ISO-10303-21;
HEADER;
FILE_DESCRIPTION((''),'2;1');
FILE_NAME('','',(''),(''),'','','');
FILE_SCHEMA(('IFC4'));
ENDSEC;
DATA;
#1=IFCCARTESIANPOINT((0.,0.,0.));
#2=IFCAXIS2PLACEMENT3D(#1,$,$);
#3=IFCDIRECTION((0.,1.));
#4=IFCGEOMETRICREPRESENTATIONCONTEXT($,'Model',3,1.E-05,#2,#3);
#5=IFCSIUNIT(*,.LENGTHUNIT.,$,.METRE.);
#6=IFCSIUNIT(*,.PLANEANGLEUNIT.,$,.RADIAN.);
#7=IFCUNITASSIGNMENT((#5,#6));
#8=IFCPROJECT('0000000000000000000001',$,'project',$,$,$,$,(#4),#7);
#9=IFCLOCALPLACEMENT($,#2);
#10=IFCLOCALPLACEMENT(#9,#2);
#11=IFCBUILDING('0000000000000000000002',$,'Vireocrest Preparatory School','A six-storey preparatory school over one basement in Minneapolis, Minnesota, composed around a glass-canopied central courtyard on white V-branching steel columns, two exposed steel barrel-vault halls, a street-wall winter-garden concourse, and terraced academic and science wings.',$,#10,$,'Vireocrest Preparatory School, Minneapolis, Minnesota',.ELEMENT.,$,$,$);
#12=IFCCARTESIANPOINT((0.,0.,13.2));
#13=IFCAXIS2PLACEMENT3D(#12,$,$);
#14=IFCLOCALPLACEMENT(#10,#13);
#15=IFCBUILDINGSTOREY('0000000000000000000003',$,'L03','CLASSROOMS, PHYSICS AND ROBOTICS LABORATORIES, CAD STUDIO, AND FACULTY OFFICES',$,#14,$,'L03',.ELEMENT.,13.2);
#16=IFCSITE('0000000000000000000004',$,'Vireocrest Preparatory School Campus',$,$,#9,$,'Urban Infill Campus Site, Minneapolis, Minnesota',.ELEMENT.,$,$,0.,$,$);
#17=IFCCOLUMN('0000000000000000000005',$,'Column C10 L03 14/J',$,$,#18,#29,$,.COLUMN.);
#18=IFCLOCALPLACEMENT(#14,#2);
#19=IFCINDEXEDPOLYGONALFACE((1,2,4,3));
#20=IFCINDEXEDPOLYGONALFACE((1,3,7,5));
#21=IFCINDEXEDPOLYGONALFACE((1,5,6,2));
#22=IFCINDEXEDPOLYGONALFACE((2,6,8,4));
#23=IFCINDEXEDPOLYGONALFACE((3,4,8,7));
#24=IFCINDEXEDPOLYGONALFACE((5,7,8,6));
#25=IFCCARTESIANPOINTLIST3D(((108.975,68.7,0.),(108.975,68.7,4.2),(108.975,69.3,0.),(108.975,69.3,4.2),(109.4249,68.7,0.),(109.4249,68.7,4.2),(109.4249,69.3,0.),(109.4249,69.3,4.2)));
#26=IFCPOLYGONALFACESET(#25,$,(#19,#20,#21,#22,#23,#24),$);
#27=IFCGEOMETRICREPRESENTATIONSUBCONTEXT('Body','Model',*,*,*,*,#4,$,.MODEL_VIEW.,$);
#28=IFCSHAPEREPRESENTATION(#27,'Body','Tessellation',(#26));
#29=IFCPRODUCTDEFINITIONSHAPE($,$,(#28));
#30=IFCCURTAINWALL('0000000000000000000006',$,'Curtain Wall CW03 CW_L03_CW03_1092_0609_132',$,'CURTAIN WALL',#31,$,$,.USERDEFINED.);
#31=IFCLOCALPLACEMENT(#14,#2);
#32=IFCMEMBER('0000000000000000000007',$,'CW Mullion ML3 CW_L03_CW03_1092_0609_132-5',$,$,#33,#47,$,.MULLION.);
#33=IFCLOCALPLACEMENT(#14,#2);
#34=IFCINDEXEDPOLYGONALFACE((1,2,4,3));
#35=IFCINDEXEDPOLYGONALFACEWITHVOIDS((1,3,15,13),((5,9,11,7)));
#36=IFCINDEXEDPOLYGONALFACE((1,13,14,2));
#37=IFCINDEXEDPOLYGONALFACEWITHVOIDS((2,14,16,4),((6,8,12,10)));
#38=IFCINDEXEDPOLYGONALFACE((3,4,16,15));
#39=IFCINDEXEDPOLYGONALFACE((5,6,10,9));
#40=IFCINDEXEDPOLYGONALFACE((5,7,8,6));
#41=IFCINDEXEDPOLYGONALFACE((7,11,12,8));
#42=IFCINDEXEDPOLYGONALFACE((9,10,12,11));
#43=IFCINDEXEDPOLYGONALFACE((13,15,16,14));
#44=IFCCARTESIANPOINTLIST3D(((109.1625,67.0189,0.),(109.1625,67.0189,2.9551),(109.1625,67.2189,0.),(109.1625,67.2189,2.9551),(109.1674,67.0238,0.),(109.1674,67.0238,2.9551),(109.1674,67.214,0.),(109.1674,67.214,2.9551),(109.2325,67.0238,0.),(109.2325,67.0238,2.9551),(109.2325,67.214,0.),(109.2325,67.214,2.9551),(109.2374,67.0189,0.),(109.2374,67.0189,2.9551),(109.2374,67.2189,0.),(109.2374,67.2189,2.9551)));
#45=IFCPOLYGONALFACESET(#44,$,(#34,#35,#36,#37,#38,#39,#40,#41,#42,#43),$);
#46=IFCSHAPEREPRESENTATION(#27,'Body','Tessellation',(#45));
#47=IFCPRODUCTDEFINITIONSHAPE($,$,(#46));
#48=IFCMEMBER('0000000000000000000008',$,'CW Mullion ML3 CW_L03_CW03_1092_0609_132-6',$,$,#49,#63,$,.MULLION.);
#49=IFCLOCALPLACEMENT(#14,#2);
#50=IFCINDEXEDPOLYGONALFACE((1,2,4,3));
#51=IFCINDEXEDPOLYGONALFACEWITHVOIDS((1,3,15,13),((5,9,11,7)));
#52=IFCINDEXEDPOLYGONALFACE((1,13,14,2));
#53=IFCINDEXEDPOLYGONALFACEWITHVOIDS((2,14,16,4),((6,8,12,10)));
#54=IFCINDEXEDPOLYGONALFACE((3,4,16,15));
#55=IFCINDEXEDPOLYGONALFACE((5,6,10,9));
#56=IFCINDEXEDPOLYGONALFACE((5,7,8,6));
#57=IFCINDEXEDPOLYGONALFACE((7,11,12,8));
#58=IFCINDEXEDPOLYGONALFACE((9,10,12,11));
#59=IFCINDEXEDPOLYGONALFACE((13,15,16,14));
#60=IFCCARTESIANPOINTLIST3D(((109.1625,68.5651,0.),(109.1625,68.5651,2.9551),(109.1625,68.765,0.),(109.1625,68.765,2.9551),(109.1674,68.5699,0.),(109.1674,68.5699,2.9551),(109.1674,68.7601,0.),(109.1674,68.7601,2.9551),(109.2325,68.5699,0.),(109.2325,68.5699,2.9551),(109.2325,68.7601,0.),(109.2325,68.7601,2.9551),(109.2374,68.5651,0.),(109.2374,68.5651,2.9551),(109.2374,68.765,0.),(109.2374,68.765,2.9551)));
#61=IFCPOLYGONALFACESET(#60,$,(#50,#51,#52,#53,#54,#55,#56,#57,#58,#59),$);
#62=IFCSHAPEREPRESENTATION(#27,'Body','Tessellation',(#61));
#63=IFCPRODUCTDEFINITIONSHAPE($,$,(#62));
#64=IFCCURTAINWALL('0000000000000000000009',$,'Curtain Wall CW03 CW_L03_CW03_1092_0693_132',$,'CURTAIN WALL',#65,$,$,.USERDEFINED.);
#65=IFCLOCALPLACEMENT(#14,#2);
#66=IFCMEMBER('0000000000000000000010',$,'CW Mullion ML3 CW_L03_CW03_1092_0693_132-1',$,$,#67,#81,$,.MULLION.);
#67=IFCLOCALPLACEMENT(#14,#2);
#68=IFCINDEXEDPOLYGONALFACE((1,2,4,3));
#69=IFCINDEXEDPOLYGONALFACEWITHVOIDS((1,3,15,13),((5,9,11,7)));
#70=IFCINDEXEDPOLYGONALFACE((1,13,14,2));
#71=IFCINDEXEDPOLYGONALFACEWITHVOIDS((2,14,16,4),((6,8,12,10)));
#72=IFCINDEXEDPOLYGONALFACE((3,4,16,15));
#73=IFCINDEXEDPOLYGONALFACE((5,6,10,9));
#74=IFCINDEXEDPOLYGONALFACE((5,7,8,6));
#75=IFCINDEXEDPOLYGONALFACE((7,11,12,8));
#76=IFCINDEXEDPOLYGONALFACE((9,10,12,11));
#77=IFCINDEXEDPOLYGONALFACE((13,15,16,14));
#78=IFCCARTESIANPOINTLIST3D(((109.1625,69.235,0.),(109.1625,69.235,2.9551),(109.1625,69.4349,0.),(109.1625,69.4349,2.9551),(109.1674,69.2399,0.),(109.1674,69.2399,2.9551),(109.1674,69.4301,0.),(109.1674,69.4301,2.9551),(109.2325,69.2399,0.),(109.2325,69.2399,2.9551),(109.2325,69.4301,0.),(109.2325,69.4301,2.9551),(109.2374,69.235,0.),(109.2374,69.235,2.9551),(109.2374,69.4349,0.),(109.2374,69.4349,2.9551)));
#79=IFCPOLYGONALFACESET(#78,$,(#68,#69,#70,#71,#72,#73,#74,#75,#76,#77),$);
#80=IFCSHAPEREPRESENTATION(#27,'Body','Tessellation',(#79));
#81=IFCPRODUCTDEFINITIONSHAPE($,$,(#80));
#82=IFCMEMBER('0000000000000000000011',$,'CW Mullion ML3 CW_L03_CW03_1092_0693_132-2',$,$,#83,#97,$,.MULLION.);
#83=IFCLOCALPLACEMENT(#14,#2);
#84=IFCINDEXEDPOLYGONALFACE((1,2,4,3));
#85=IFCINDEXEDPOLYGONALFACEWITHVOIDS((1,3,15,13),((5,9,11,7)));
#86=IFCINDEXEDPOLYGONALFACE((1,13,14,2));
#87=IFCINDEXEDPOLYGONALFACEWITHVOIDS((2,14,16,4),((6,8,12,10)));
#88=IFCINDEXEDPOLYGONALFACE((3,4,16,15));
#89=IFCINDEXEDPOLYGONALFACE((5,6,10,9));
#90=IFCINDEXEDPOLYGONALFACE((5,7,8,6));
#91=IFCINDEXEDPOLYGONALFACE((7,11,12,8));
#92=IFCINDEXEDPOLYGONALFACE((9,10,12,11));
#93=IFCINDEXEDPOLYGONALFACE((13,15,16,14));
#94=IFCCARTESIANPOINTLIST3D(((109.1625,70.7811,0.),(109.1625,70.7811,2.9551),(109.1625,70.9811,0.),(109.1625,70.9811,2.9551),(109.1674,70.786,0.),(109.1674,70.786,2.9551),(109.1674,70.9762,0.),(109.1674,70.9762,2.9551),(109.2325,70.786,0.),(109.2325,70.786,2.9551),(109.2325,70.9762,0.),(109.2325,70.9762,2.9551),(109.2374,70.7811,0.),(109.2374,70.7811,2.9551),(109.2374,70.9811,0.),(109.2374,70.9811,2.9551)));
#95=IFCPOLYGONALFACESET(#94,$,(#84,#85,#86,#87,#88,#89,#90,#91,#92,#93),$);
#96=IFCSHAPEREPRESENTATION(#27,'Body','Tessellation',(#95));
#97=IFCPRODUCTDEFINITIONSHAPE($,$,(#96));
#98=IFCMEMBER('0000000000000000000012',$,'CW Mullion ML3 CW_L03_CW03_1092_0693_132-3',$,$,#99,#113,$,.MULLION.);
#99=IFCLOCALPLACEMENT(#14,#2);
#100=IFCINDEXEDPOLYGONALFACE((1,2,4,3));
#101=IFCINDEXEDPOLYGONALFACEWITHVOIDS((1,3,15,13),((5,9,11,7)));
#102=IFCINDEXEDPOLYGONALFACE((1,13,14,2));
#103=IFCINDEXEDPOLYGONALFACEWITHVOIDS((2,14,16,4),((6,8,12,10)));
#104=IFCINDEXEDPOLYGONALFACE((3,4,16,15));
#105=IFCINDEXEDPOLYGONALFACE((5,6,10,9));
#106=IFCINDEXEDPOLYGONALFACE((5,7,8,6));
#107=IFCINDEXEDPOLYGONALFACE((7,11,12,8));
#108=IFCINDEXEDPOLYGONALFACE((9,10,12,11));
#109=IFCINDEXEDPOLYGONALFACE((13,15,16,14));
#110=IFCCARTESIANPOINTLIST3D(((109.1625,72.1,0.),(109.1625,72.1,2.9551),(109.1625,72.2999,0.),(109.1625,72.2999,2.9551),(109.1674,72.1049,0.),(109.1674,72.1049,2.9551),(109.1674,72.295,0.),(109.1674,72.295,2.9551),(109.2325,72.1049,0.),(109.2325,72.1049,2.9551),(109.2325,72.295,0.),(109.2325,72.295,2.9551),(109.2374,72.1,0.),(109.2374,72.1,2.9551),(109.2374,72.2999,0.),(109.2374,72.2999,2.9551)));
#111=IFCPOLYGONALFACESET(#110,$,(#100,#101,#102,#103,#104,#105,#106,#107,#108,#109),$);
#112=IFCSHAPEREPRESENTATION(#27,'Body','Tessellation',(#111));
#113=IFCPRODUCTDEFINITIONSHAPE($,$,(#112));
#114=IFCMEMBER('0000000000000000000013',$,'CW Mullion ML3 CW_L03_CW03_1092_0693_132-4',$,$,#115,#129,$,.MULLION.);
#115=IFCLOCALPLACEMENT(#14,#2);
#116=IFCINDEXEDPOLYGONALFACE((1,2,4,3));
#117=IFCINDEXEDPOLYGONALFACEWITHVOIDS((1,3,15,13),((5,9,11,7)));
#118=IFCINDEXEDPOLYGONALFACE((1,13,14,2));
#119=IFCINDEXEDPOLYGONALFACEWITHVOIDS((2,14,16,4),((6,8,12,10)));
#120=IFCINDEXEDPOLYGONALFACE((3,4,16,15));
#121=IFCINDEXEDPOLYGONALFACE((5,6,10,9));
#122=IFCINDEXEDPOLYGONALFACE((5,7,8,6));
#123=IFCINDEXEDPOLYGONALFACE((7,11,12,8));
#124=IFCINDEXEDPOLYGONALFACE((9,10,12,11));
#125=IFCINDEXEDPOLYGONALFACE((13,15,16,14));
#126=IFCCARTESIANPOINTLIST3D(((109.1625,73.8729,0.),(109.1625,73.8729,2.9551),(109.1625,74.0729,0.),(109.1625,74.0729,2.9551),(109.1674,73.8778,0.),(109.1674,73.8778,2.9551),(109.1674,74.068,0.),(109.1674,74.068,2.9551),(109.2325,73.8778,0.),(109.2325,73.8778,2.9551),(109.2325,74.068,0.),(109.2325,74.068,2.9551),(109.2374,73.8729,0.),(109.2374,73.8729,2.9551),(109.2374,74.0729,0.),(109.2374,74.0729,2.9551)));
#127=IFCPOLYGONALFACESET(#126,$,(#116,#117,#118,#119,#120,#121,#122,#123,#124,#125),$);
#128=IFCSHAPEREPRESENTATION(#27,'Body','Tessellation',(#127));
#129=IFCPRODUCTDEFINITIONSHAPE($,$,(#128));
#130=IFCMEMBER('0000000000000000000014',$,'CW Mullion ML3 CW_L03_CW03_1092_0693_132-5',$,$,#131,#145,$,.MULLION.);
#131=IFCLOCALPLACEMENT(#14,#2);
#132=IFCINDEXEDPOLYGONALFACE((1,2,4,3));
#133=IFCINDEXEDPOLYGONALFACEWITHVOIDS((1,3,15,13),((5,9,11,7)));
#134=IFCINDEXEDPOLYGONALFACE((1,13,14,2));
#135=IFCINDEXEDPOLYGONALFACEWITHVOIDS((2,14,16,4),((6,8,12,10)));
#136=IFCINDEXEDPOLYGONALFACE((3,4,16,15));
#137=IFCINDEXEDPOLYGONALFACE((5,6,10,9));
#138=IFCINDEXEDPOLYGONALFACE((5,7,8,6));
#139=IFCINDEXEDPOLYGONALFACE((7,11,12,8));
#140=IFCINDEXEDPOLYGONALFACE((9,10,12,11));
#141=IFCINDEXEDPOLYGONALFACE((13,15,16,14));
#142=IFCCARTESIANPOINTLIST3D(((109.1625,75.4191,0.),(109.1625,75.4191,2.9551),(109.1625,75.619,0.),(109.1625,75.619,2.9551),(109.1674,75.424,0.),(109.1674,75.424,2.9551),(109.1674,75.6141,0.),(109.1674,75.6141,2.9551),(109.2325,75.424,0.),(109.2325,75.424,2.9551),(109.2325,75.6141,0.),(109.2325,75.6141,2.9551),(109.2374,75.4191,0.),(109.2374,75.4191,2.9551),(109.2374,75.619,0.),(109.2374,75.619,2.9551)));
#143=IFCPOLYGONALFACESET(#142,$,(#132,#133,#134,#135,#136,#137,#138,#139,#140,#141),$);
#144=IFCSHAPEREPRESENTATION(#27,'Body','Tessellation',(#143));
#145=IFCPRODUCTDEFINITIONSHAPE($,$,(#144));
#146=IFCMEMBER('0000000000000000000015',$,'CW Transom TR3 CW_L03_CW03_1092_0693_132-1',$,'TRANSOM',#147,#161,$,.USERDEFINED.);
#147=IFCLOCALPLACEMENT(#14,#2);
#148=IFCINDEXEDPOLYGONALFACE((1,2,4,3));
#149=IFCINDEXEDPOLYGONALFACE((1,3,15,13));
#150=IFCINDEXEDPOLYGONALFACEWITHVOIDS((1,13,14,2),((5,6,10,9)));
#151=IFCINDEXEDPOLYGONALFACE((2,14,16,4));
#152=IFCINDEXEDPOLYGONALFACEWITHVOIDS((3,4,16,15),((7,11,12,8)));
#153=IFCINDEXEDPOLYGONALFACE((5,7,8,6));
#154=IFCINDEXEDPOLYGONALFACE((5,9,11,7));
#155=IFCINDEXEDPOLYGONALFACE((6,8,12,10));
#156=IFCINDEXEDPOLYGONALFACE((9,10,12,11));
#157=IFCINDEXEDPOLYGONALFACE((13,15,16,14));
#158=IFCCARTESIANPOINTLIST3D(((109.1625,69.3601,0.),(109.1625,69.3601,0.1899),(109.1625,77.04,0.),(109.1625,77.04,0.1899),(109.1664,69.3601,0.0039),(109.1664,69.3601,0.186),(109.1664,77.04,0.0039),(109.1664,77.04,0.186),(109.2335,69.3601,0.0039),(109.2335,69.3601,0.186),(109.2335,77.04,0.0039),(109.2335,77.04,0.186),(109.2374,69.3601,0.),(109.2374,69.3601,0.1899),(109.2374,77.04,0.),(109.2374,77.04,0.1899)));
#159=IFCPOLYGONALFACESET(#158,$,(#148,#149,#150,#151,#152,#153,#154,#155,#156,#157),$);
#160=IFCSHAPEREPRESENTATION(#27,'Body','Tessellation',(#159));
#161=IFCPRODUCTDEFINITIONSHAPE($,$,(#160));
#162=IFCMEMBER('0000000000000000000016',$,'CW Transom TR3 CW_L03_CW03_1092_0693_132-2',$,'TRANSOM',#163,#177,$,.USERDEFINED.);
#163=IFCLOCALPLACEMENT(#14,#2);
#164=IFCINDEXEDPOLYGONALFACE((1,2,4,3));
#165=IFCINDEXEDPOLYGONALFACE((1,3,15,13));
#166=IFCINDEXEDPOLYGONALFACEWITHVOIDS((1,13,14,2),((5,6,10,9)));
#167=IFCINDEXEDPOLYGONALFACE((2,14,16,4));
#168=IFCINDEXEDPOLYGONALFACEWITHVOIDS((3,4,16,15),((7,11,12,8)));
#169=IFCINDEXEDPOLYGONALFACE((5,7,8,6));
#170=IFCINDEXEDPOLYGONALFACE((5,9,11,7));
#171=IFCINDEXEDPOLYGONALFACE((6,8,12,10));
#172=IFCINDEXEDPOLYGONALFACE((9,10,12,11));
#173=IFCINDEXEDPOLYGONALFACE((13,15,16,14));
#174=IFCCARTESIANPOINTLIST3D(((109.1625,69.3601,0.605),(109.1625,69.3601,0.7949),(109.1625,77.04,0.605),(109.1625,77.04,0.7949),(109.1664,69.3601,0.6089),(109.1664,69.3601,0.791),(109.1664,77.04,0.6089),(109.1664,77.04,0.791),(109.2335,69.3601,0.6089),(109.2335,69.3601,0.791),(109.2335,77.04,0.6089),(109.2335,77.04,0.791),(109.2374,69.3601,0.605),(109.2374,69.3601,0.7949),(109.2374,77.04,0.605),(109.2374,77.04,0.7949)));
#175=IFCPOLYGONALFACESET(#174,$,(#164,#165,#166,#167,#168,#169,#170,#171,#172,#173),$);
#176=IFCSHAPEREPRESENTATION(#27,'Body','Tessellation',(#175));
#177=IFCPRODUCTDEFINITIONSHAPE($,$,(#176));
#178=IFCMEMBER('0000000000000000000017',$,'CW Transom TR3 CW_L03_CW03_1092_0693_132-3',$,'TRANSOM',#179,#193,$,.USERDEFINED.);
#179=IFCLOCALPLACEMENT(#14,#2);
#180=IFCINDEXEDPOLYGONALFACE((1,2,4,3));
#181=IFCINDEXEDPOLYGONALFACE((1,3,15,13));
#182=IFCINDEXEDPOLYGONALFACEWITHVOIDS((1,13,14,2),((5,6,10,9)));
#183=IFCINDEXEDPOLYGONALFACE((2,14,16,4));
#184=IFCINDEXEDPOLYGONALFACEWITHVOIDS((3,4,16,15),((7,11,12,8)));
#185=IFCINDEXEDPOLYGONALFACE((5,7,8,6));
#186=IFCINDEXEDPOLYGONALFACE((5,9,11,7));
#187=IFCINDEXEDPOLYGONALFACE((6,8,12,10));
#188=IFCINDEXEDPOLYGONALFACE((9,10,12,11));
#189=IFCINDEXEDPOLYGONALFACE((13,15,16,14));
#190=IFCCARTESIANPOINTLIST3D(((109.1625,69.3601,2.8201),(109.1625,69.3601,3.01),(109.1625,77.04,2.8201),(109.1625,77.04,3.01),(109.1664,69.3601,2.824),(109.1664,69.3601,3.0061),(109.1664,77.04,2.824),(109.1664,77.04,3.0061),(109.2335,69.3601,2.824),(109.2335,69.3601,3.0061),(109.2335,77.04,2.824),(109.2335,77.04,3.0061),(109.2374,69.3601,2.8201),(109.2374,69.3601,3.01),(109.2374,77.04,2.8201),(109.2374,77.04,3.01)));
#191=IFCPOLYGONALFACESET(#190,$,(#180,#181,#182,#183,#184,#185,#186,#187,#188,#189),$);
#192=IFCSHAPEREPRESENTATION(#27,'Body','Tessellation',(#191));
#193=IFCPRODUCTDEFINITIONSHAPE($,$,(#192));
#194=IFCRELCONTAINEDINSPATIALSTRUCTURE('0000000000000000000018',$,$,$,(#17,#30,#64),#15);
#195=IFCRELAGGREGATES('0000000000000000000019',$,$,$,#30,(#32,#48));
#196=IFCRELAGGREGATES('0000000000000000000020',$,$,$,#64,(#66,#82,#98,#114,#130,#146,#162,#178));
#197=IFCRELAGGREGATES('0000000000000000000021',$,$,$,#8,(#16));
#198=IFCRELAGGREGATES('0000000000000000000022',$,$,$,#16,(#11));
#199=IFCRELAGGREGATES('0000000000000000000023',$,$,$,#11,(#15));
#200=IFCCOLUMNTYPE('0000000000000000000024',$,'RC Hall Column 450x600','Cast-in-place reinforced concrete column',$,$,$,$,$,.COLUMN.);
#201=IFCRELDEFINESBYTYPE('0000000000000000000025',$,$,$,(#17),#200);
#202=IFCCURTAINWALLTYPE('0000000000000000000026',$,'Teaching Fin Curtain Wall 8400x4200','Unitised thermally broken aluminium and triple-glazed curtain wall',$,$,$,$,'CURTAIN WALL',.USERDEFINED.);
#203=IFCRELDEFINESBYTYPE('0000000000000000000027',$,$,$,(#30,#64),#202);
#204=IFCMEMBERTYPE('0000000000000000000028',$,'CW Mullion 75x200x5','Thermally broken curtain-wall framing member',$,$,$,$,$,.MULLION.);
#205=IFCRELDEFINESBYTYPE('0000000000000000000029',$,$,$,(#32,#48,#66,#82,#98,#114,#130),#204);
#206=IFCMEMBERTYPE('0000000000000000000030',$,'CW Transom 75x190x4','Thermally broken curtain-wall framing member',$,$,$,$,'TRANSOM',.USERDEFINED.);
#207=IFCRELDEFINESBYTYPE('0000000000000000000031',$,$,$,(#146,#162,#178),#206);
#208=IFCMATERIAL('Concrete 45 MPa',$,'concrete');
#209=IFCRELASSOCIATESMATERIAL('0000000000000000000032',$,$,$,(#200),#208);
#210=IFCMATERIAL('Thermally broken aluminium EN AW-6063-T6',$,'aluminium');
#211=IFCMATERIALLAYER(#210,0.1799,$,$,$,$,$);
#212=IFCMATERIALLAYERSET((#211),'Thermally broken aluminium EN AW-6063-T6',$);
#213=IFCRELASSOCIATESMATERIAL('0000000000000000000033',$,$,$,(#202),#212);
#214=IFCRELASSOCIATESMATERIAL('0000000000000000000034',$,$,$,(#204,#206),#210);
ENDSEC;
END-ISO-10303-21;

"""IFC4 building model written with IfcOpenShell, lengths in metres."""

from ifc_helpers import new_model, si_unit, direction, frame, origin, origin_2d, place, context, subcontext, project, spatial, rectangle, hollow_rectangle, extrude, material, layer, layer_set, material_profile, profile_set, type_object, element, aggregate, save


model = new_model("IFC4")

# Units and contexts
model_context = context("Model", 3, precision=1e-05, world=origin(), true_north=direction((0.0, 1.0)))
body_context = subcontext(model_context, "Body", "Model", "MODEL_VIEW")
ifc_project = project(units=[si_unit("LENGTHUNIT", "METRE"), si_unit("PLANEANGLEUNIT", "RADIAN")], contexts=[model_context])

# Site, building, storey
site_placement = place(None, origin())
site = spatial("IfcSite", under=ifc_project, at=site_placement, Name="Vireocrest Preparatory School Campus", LongName="Urban Infill Campus Site, Minneapolis, Minnesota", CompositionType="ELEMENT", RefElevation=0.0)
building_placement = place(site_placement, origin())
building = spatial("IfcBuilding", under=site, at=building_placement, Name="Vireocrest Preparatory School", Description="A six-storey preparatory school over one basement in Minneapolis, Minnesota, composed around a glass-canopied central courtyard on white V-branching steel columns, two exposed steel barrel-vault halls, a street-wall winter-garden concourse, and terraced academic and science wings.", LongName="Vireocrest Preparatory School, Minneapolis, Minnesota", CompositionType="ELEMENT")
storey_placement = place(building_placement, frame((0.0, 0.0, 13.2)))
storey = spatial("IfcBuildingStorey", under=building, at=storey_placement, Name="L03", Description="CLASSROOMS, PHYSICS AND ROBOTICS LABORATORIES, CAD STUDIO, AND FACULTY OFFICES", LongName="L03", CompositionType="ELEMENT", Elevation=13.2)

# Column
ifc_material_1 = material(Name="Concrete 45 MPa", Category="concrete")
ifc_material_profile_1 = material_profile(ifc_material_1, rectangle(XDim=0.45, YDim=0.6001, at=origin_2d()), Name="RC 450x600")
ifc_profile_set_1 = profile_set([ifc_material_profile_1], Name="Concrete 45 MPa")
column_type = type_object("IfcColumnType", Name="RC Hall Column 450x600", Description="Cast-in-place reinforced concrete column", PredefinedType="COLUMN", material=ifc_profile_set_1)
column_placement = place(storey_placement, frame((109.2, 69.0, 0.0), z_axis=(0.0, 0.0, 1.0), x_axis=(1.0, 0.0, 0.0)))
element("IfcColumn", 1, at=column_placement, inside=storey, type_object=column_type, Name="Column C10 L03 14/J", PredefinedType="COLUMN", context=body_context, shape_type="SweptSolid", body=[
    extrude(rectangle(XDim=0.45, YDim=0.6001, at=origin_2d()), origin(), (0.0, 0.0, 1.0), 4.2),
])

# Curtain walls, members
ifc_material_2 = material(Name="Thermally broken aluminium EN AW-6063-T6", Category="aluminium")
ifc_layer_1 = layer(ifc_material_2, 0.1799)
ifc_layer_set_1 = layer_set([ifc_layer_1], Name="Thermally broken aluminium EN AW-6063-T6")
curtain_wall_type = type_object("IfcCurtainWallType", Name="Teaching Fin Curtain Wall 8400x4200", Description="Unitised thermally broken aluminium and triple-glazed curtain wall", ElementType="CURTAIN WALL", PredefinedType="USERDEFINED", material=ifc_layer_set_1)
curtain_wall_1_placement = place(storey_placement, origin())
curtain_wall_1 = element("IfcCurtainWall", 2, at=curtain_wall_1_placement, inside=storey, type_object=curtain_wall_type, Name="Curtain Wall CW03 CW_L03_CW03_1092_0609_132", ObjectType="CURTAIN WALL", PredefinedType="USERDEFINED")
ifc_material_profile_2 = material_profile(ifc_material_2, hollow_rectangle(XDim=0.075, YDim=0.2, WallThickness=0.0049, at=origin_2d()), Name="ALU 75x200x5")
ifc_profile_set_2 = profile_set([ifc_material_profile_2], Name="Thermally broken aluminium EN AW-6063-T6")
member_type_1 = type_object("IfcMemberType", Name="CW Mullion 75x200x5", Description="Thermally broken curtain-wall framing member", PredefinedType="MULLION", material=ifc_profile_set_2)
member_1_placement = place(storey_placement, frame((109.2, 67.1189, 0.0), z_axis=(0.0, 0.0, 1.0), x_axis=(1.0, 0.0, 0.0)))
member_1 = element("IfcMember", 3, at=member_1_placement, type_object=member_type_1, Name="CW Mullion ML3 CW_L03_CW03_1092_0609_132-5", PredefinedType="MULLION", context=body_context, shape_type="SweptSolid", body=[
    extrude(hollow_rectangle(XDim=0.075, YDim=0.2, WallThickness=0.0049, at=origin_2d()), origin(), (0.0, 0.0, 1.0), 2.9551),
])
member_2_placement = place(storey_placement, frame((109.2, 68.665, 0.0), z_axis=(0.0, 0.0, 1.0), x_axis=(1.0, 0.0, 0.0)))
member_2 = element("IfcMember", 4, at=member_2_placement, type_object=member_type_1, Name="CW Mullion ML3 CW_L03_CW03_1092_0609_132-6", PredefinedType="MULLION", context=body_context, shape_type="SweptSolid", body=[
    extrude(hollow_rectangle(XDim=0.075, YDim=0.2, WallThickness=0.0049, at=origin_2d()), origin(), (0.0, 0.0, 1.0), 2.9551),
])
curtain_wall_2_placement = place(storey_placement, origin())
curtain_wall_2 = element("IfcCurtainWall", 5, at=curtain_wall_2_placement, inside=storey, type_object=curtain_wall_type, Name="Curtain Wall CW03 CW_L03_CW03_1092_0693_132", ObjectType="CURTAIN WALL", PredefinedType="USERDEFINED")
member_3_placement = place(storey_placement, frame((109.2, 69.335, 0.0), z_axis=(0.0, 0.0, 1.0), x_axis=(1.0, 0.0, 0.0)))
member_3 = element("IfcMember", 6, at=member_3_placement, type_object=member_type_1, Name="CW Mullion ML3 CW_L03_CW03_1092_0693_132-1", PredefinedType="MULLION", context=body_context, shape_type="SweptSolid", body=[
    extrude(hollow_rectangle(XDim=0.075, YDim=0.2, WallThickness=0.0049, at=origin_2d()), origin(), (0.0, 0.0, 1.0), 2.9551),
])
member_4_placement = place(storey_placement, frame((109.2, 70.8811, 0.0), z_axis=(0.0, 0.0, 1.0), x_axis=(1.0, 0.0, 0.0)))
member_4 = element("IfcMember", 7, at=member_4_placement, type_object=member_type_1, Name="CW Mullion ML3 CW_L03_CW03_1092_0693_132-2", PredefinedType="MULLION", context=body_context, shape_type="SweptSolid", body=[
    extrude(hollow_rectangle(XDim=0.075, YDim=0.2, WallThickness=0.0049, at=origin_2d()), origin(), (0.0, 0.0, 1.0), 2.9551),
])
member_5_placement = place(storey_placement, frame((109.2, 72.2, 0.0), z_axis=(0.0, 0.0, 1.0), x_axis=(1.0, 0.0, 0.0)))
member_5 = element("IfcMember", 8, at=member_5_placement, type_object=member_type_1, Name="CW Mullion ML3 CW_L03_CW03_1092_0693_132-3", PredefinedType="MULLION", context=body_context, shape_type="SweptSolid", body=[
    extrude(hollow_rectangle(XDim=0.075, YDim=0.2, WallThickness=0.0049, at=origin_2d()), origin(), (0.0, 0.0, 1.0), 2.9551),
])
member_6_placement = place(storey_placement, frame((109.2, 73.9729, 0.0), z_axis=(0.0, 0.0, 1.0), x_axis=(1.0, 0.0, 0.0)))
member_6 = element("IfcMember", 9, at=member_6_placement, type_object=member_type_1, Name="CW Mullion ML3 CW_L03_CW03_1092_0693_132-4", PredefinedType="MULLION", context=body_context, shape_type="SweptSolid", body=[
    extrude(hollow_rectangle(XDim=0.075, YDim=0.2, WallThickness=0.0049, at=origin_2d()), origin(), (0.0, 0.0, 1.0), 2.9551),
])
member_7_placement = place(storey_placement, frame((109.2, 75.519, 0.0), z_axis=(0.0, 0.0, 1.0), x_axis=(1.0, 0.0, 0.0)))
member_7 = element("IfcMember", 10, at=member_7_placement, type_object=member_type_1, Name="CW Mullion ML3 CW_L03_CW03_1092_0693_132-5", PredefinedType="MULLION", context=body_context, shape_type="SweptSolid", body=[
    extrude(hollow_rectangle(XDim=0.075, YDim=0.2, WallThickness=0.0049, at=origin_2d()), origin(), (0.0, 0.0, 1.0), 2.9551),
])
ifc_material_profile_3 = material_profile(ifc_material_2, hollow_rectangle(XDim=0.075, YDim=0.1899, WallThickness=0.0039, at=origin_2d()), Name="ALU 75x190x4")
ifc_profile_set_3 = profile_set([ifc_material_profile_3], Name="Thermally broken aluminium EN AW-6063-T6")
member_type_2 = type_object("IfcMemberType", Name="CW Transom 75x190x4", Description="Thermally broken curtain-wall framing member", ElementType="TRANSOM", PredefinedType="USERDEFINED", material=ifc_profile_set_3)
member_8_placement = place(storey_placement, frame((109.2, 69.3601, 0.095), z_axis=(0.0, 1.0, 0.0), x_axis=(-1.0, 0.0, 0.0)))
member_8 = element("IfcMember", 11, at=member_8_placement, type_object=member_type_2, Name="CW Transom TR3 CW_L03_CW03_1092_0693_132-1", ObjectType="TRANSOM", PredefinedType="USERDEFINED", context=body_context, shape_type="SweptSolid", body=[
    extrude(hollow_rectangle(XDim=0.075, YDim=0.1899, WallThickness=0.0039, at=origin_2d()), origin(), (0.0, 0.0, 1.0), 7.6799),
])
member_9_placement = place(storey_placement, frame((109.2, 69.3601, 0.7), z_axis=(0.0, 1.0, 0.0), x_axis=(-1.0, 0.0, 0.0)))
member_9 = element("IfcMember", 12, at=member_9_placement, type_object=member_type_2, Name="CW Transom TR3 CW_L03_CW03_1092_0693_132-2", ObjectType="TRANSOM", PredefinedType="USERDEFINED", context=body_context, shape_type="SweptSolid", body=[
    extrude(hollow_rectangle(XDim=0.075, YDim=0.1899, WallThickness=0.0039, at=origin_2d()), origin(), (0.0, 0.0, 1.0), 7.6799),
])
member_10_placement = place(storey_placement, frame((109.2, 69.3601, 2.915), z_axis=(0.0, 1.0, 0.0), x_axis=(-1.0, 0.0, 0.0)))
member_10 = element("IfcMember", 13, at=member_10_placement, type_object=member_type_2, Name="CW Transom TR3 CW_L03_CW03_1092_0693_132-3", ObjectType="TRANSOM", PredefinedType="USERDEFINED", context=body_context, shape_type="SweptSolid", body=[
    extrude(hollow_rectangle(XDim=0.075, YDim=0.1899, WallThickness=0.0039, at=origin_2d()), origin(), (0.0, 0.0, 1.0), 7.6799),
])

aggregate(curtain_wall_1, [member_1, member_2])
aggregate(curtain_wall_2, [member_3, member_4, member_5, member_6, member_7, member_8, member_9, member_10])

save(model, "model.ifc")
